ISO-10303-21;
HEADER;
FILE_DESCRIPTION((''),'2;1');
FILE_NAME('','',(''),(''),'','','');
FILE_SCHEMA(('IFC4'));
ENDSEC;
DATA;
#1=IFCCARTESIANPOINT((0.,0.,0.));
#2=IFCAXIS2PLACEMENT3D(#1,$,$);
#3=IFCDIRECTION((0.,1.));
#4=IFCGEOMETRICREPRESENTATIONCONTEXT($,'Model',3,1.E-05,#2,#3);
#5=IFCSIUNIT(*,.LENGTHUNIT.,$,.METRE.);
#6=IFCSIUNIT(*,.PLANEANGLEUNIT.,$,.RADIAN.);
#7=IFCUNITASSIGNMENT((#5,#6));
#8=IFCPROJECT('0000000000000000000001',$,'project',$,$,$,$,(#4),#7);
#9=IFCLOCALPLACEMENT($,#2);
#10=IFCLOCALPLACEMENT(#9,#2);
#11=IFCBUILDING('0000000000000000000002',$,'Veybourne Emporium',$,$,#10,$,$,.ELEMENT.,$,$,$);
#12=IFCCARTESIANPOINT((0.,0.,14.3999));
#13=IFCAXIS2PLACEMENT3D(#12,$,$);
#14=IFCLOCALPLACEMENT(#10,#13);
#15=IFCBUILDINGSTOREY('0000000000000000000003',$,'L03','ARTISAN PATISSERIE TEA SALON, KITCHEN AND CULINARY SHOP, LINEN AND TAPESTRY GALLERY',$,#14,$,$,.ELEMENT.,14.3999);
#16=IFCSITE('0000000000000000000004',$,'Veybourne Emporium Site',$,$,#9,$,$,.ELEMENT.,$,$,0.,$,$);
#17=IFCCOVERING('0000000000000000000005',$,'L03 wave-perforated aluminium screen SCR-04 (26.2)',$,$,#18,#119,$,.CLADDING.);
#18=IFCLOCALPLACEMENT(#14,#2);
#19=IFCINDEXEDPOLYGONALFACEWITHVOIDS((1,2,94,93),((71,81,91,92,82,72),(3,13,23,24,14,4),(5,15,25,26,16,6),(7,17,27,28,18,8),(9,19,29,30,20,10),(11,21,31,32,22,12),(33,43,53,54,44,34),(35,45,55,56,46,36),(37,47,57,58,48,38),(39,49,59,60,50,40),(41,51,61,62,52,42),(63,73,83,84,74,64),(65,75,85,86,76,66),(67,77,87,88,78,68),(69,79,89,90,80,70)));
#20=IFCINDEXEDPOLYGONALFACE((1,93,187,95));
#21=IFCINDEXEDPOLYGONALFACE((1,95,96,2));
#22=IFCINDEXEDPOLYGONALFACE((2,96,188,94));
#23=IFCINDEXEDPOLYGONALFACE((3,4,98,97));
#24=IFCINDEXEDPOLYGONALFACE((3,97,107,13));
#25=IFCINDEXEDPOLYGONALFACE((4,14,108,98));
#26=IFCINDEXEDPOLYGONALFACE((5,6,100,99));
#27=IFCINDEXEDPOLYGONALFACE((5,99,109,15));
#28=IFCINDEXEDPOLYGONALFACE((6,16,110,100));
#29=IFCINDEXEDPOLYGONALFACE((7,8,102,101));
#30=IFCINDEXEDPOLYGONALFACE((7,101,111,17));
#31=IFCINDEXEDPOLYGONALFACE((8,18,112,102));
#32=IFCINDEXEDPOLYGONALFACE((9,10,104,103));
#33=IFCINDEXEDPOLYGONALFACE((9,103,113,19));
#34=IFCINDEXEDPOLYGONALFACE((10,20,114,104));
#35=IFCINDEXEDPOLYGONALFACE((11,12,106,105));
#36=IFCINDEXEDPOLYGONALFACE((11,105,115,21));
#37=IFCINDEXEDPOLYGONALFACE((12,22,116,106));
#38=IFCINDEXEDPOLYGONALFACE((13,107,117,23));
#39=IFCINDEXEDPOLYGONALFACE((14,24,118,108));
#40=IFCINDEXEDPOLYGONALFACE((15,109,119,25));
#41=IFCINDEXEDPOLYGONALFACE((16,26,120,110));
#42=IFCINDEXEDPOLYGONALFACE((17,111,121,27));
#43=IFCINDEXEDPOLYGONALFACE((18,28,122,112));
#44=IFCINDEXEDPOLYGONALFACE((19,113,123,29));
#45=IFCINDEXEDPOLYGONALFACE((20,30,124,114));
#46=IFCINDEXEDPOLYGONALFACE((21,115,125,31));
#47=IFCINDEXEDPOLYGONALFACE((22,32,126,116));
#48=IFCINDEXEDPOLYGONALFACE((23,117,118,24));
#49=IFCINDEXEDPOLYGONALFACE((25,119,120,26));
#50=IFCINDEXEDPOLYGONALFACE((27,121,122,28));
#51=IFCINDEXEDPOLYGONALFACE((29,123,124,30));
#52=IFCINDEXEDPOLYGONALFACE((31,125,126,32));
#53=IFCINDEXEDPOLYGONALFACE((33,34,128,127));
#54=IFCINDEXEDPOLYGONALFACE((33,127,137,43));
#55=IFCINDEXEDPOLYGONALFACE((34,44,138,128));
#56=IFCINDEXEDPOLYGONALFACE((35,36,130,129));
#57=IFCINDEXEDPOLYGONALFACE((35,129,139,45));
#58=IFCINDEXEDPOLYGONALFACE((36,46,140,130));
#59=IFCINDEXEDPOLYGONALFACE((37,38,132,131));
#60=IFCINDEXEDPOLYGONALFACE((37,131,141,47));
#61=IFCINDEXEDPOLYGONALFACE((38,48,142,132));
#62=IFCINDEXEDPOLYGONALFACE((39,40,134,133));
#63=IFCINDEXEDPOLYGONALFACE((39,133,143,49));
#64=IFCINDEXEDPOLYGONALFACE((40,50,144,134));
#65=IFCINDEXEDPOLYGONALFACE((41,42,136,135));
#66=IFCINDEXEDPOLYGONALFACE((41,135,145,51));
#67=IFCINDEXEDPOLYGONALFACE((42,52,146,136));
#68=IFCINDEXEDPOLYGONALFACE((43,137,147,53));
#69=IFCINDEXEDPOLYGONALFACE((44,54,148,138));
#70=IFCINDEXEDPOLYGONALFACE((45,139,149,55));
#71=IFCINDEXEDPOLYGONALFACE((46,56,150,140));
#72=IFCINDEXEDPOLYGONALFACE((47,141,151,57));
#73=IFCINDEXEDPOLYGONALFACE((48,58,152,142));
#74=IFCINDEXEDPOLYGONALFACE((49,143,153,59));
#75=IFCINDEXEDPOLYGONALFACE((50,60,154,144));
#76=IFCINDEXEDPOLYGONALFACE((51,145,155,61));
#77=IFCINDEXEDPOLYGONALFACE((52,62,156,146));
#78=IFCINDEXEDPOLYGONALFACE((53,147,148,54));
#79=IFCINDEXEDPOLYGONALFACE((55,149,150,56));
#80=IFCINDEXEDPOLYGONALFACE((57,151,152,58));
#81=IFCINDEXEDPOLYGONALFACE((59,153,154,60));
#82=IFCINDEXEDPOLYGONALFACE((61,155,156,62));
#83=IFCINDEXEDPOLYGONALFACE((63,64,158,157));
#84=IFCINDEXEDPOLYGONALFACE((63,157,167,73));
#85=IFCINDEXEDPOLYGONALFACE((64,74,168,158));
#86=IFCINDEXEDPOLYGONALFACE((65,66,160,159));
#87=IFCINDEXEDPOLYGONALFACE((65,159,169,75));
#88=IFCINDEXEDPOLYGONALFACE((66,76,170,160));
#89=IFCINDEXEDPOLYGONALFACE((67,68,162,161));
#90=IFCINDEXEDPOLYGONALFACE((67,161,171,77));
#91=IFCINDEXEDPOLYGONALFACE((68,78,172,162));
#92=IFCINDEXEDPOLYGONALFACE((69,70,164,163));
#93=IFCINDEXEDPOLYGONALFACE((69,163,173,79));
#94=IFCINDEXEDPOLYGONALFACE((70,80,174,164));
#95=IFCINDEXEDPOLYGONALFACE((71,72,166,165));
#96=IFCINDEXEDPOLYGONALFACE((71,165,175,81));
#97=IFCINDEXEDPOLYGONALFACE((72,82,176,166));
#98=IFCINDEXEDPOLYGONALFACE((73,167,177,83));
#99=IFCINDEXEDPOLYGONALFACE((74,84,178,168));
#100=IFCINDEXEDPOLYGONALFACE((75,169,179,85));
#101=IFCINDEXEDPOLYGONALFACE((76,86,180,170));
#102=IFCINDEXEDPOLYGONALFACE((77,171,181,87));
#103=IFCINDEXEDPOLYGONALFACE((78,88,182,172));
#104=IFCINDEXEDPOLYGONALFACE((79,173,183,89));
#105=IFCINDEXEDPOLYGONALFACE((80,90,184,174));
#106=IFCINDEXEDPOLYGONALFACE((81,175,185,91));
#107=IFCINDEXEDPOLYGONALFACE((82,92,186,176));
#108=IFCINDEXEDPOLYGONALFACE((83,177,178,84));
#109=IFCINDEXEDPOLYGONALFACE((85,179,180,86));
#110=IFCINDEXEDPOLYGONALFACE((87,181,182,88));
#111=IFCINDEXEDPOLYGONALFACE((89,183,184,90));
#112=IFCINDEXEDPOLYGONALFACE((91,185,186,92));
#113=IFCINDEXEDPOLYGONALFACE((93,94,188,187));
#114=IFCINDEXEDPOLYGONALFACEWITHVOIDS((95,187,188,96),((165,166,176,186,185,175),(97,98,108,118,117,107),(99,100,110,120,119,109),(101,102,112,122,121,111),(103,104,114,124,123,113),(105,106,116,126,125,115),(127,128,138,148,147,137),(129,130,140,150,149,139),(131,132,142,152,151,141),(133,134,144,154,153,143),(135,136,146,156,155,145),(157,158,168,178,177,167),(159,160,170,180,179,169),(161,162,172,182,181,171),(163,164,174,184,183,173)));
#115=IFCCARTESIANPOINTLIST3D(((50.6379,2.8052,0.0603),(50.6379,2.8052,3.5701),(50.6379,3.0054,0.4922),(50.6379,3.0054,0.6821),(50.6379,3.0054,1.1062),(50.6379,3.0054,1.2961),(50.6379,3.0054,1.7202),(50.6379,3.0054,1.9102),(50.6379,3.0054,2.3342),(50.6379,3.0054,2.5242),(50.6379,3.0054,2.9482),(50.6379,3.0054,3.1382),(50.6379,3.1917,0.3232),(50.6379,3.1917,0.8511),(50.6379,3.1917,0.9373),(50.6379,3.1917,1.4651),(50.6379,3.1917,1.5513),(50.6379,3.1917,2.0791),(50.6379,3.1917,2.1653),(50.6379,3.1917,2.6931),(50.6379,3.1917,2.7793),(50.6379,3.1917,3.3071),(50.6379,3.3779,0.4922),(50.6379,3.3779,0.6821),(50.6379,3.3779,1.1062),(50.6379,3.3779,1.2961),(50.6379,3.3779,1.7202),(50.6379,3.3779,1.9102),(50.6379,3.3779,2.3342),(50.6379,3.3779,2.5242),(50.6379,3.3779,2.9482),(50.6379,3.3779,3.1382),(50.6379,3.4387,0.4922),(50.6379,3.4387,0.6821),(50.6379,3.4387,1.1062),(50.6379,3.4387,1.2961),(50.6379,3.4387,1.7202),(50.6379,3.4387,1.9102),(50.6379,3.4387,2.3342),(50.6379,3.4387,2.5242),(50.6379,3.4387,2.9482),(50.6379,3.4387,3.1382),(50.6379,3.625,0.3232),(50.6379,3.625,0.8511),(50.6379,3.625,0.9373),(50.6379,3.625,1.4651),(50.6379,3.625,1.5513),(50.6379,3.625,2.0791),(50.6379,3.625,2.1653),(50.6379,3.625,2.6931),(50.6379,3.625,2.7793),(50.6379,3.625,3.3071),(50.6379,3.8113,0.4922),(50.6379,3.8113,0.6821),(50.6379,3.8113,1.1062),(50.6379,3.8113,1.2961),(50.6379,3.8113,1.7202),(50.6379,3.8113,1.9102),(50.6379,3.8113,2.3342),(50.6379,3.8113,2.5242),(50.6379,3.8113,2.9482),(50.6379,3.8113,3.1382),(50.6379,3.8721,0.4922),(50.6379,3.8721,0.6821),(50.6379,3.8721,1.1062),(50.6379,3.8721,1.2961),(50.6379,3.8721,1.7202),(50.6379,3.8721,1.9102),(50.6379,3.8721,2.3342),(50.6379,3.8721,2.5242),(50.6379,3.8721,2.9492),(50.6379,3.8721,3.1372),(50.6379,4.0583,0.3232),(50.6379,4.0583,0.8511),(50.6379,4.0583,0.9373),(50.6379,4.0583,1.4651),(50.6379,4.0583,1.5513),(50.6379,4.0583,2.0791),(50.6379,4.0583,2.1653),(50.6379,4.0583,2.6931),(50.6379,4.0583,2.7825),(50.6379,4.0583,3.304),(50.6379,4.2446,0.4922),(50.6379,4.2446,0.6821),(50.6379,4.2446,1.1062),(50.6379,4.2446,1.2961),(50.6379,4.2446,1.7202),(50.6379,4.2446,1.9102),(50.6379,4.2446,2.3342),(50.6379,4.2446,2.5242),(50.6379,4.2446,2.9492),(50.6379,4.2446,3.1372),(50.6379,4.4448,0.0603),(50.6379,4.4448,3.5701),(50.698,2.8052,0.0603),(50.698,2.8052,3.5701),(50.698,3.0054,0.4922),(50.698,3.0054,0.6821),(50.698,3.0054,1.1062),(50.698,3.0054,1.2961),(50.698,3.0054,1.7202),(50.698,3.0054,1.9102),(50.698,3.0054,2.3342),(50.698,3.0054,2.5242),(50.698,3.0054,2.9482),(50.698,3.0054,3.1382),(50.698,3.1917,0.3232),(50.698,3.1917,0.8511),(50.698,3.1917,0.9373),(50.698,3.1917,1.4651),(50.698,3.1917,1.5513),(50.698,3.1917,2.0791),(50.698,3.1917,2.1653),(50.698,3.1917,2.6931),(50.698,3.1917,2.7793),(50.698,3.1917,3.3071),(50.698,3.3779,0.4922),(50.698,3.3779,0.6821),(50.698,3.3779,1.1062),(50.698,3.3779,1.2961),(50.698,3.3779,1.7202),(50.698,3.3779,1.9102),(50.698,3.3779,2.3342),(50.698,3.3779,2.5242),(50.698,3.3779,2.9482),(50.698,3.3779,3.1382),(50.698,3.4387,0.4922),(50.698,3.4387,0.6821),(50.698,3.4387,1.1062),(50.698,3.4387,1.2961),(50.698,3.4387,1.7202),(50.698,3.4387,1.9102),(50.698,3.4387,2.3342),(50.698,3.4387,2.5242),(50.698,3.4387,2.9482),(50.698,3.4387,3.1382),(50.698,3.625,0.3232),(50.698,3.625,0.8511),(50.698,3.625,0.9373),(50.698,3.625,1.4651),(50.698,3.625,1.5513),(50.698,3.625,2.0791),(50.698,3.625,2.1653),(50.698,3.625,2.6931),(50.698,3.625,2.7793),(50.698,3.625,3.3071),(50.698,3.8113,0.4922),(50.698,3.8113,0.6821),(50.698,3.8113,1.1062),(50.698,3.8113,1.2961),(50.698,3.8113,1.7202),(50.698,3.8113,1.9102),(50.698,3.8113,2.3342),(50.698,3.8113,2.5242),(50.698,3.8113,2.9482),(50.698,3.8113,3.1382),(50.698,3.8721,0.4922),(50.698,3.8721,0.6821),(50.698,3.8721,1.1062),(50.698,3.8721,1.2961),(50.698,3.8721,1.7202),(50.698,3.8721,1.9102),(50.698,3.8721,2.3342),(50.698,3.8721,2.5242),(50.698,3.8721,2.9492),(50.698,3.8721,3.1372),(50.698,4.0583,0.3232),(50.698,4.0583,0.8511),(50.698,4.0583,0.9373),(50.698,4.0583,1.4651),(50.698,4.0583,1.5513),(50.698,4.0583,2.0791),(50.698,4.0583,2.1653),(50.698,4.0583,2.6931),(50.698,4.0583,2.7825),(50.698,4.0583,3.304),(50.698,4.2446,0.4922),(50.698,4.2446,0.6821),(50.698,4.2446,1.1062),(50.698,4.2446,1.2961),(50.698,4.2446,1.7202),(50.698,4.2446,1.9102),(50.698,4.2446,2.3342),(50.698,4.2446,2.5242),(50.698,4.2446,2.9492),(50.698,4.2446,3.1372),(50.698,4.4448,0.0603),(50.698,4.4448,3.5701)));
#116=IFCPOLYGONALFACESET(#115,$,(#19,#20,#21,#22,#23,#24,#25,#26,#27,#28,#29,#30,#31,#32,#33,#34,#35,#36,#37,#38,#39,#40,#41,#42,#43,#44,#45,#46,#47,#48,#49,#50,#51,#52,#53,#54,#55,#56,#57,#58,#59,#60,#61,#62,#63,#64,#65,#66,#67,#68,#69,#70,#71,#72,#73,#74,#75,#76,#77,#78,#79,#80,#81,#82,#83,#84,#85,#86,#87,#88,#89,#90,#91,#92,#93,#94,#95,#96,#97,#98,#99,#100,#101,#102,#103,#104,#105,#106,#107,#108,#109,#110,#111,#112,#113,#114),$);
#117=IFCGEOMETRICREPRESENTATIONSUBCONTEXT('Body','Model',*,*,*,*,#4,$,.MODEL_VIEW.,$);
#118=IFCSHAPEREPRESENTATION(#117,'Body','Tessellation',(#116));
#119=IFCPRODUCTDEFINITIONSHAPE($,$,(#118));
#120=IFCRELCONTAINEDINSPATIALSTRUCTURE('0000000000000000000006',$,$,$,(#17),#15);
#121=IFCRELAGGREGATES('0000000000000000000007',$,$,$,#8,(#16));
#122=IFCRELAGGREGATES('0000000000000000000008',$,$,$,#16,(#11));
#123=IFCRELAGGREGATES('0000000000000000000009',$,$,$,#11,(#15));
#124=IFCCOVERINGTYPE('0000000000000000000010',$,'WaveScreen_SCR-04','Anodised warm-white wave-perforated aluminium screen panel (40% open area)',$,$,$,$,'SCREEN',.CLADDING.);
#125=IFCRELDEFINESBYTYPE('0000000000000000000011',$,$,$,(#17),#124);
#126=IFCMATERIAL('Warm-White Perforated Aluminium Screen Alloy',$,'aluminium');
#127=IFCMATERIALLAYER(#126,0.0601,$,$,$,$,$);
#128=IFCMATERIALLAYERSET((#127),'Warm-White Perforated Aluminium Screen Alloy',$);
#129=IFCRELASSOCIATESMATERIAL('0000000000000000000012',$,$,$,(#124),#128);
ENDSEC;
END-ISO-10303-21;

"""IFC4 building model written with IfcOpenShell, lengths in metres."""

from ifc_helpers import new_model, si_unit, direction, frame, origin, place, context, subcontext, project, spatial, polyline, outline, extrude, material, layer, layer_set, type_object, element, save


model = new_model("IFC4")

# Units and contexts
model_context = context("Model", 3, precision=1e-05, world=origin(), true_north=direction((0.0, 1.0)))
body_context = subcontext(model_context, "Body", "Model", "MODEL_VIEW")
ifc_project = project(units=[si_unit("LENGTHUNIT", "METRE"), si_unit("PLANEANGLEUNIT", "RADIAN")], contexts=[model_context])

# Site, building, storey
site_placement = place(None, origin())
site = spatial("IfcSite", under=ifc_project, at=site_placement, Name="Veybourne Emporium Site", CompositionType="ELEMENT", RefElevation=0.0)
building_placement = place(site_placement, origin())
building = spatial("IfcBuilding", under=site, at=building_placement, Name="Veybourne Emporium", CompositionType="ELEMENT")
storey_placement = place(building_placement, frame((0.0, 0.0, 14.3999)))
storey = spatial("IfcBuildingStorey", under=building, at=storey_placement, Name="L03", Description="ARTISAN PATISSERIE TEA SALON, KITCHEN AND CULINARY SHOP, LINEN AND TAPESTRY GALLERY", CompositionType="ELEMENT", Elevation=14.3999)

# Covering
ifc_material_1 = material(Name="Warm-White Perforated Aluminium Screen Alloy", Category="aluminium")
ifc_layer_1 = layer(ifc_material_1, 0.0601)
ifc_layer_set_1 = layer_set([ifc_layer_1], Name="Warm-White Perforated Aluminium Screen Alloy")
covering_type_1 = type_object("IfcCoveringType", Name="WaveScreen_SCR-04", Description="Anodised warm-white wave-perforated aluminium screen panel (40% open area)", ElementType="SCREEN", PredefinedType="CLADDING", material=ifc_layer_set_1)
covering_1_placement = place(storey_placement, frame((50.698, 3.625, 1.8152), z_axis=(-1.0, 0.0, 0.0), x_axis=(0.0, -1.0, 0.0)))
element("IfcCovering", 1, at=covering_1_placement, inside=storey, type_object=covering_type_1, Name="L03 wave-perforated aluminium screen SCR-04 (26.2)", PredefinedType="CLADDING", context=body_context, shape_type="SweptSolid", body=[
    extrude(outline(polyline([(-0.8198, -1.7549), (0.8198, -1.7549), (0.8198, 1.7549), (-0.8198, 1.7549), (-0.8198, -1.7549)]), holes=[polyline([(-0.4333, -0.9641), (-0.2471, -1.1331), (-0.2471, -1.323), (-0.4333, -1.4919), (-0.6196, -1.323), (-0.6196, -1.1331), (-0.4333, -0.9641)]), polyline([(-0.4333, -0.3501), (-0.2471, -0.519), (-0.2471, -0.709), (-0.4333, -0.8779), (-0.6196, -0.709), (-0.6196, -0.519), (-0.4333, -0.3501)]), polyline([(-0.4333, 0.2639), (-0.2471, 0.095), (-0.2471, -0.095), (-0.4333, -0.2639), (-0.6196, -0.095), (-0.6196, 0.095), (-0.4333, 0.2639)]), polyline([(-0.4333, 0.8779), (-0.2471, 0.709), (-0.2471, 0.519), (-0.4333, 0.3501), (-0.6196, 0.519), (-0.6196, 0.709), (-0.4333, 0.8779)]), polyline([(-0.4333, 1.4888), (-0.2471, 1.322), (-0.2471, 1.134), (-0.4333, 0.9673), (-0.6196, 1.134), (-0.6196, 1.322), (-0.4333, 1.4888)]), polyline([(0.0, -0.9641), (0.1863, -1.1331), (0.1863, -1.323), (0.0, -1.4919), (-0.1863, -1.323), (-0.1863, -1.1331), (0.0, -0.9641)]), polyline([(0.0, -0.3501), (0.1863, -0.519), (0.1863, -0.709), (0.0, -0.8779), (-0.1863, -0.709), (-0.1863, -0.519), (0.0, -0.3501)]), polyline([(0.0, 0.2639), (0.1863, 0.095), (0.1863, -0.095), (0.0, -0.2639), (-0.1863, -0.095), (-0.1863, 0.095), (0.0, 0.2639)]), polyline([(0.0, 0.8779), (0.1863, 0.709), (0.1863, 0.519), (0.0, 0.3501), (-0.1863, 0.519), (-0.1863, 0.709), (0.0, 0.8779)]), polyline([(0.0, 1.4919), (0.1863, 1.323), (0.1863, 1.1331), (0.0, 0.9641), (-0.1863, 1.1331), (-0.1863, 1.323), (0.0, 1.4919)]), polyline([(0.4333, -0.9641), (0.6196, -1.1331), (0.6196, -1.323), (0.4333, -1.4919), (0.2471, -1.323), (0.2471, -1.1331), (0.4333, -0.9641)]), polyline([(0.4333, -0.3501), (0.6196, -0.519), (0.6196, -0.709), (0.4333, -0.8779), (0.2471, -0.709), (0.2471, -0.519), (0.4333, -0.3501)]), polyline([(0.4333, 0.2639), (0.6196, 0.095), (0.6196, -0.095), (0.4333, -0.2639), (0.2471, -0.095), (0.2471, 0.095), (0.4333, 0.2639)]), polyline([(0.4333, 0.8779), (0.6196, 0.709), (0.6196, 0.519), (0.4333, 0.3501), (0.2471, 0.519), (0.2471, 0.709), (0.4333, 0.8779)]), polyline([(0.4333, 1.4919), (0.6196, 1.323), (0.6196, 1.1331), (0.4333, 0.9641), (0.2471, 1.1331), (0.2471, 1.323), (0.4333, 1.4919)])]), origin(), (0.0, 0.0, 1.0), 0.0601),
])

save(model, "model.ifc")
